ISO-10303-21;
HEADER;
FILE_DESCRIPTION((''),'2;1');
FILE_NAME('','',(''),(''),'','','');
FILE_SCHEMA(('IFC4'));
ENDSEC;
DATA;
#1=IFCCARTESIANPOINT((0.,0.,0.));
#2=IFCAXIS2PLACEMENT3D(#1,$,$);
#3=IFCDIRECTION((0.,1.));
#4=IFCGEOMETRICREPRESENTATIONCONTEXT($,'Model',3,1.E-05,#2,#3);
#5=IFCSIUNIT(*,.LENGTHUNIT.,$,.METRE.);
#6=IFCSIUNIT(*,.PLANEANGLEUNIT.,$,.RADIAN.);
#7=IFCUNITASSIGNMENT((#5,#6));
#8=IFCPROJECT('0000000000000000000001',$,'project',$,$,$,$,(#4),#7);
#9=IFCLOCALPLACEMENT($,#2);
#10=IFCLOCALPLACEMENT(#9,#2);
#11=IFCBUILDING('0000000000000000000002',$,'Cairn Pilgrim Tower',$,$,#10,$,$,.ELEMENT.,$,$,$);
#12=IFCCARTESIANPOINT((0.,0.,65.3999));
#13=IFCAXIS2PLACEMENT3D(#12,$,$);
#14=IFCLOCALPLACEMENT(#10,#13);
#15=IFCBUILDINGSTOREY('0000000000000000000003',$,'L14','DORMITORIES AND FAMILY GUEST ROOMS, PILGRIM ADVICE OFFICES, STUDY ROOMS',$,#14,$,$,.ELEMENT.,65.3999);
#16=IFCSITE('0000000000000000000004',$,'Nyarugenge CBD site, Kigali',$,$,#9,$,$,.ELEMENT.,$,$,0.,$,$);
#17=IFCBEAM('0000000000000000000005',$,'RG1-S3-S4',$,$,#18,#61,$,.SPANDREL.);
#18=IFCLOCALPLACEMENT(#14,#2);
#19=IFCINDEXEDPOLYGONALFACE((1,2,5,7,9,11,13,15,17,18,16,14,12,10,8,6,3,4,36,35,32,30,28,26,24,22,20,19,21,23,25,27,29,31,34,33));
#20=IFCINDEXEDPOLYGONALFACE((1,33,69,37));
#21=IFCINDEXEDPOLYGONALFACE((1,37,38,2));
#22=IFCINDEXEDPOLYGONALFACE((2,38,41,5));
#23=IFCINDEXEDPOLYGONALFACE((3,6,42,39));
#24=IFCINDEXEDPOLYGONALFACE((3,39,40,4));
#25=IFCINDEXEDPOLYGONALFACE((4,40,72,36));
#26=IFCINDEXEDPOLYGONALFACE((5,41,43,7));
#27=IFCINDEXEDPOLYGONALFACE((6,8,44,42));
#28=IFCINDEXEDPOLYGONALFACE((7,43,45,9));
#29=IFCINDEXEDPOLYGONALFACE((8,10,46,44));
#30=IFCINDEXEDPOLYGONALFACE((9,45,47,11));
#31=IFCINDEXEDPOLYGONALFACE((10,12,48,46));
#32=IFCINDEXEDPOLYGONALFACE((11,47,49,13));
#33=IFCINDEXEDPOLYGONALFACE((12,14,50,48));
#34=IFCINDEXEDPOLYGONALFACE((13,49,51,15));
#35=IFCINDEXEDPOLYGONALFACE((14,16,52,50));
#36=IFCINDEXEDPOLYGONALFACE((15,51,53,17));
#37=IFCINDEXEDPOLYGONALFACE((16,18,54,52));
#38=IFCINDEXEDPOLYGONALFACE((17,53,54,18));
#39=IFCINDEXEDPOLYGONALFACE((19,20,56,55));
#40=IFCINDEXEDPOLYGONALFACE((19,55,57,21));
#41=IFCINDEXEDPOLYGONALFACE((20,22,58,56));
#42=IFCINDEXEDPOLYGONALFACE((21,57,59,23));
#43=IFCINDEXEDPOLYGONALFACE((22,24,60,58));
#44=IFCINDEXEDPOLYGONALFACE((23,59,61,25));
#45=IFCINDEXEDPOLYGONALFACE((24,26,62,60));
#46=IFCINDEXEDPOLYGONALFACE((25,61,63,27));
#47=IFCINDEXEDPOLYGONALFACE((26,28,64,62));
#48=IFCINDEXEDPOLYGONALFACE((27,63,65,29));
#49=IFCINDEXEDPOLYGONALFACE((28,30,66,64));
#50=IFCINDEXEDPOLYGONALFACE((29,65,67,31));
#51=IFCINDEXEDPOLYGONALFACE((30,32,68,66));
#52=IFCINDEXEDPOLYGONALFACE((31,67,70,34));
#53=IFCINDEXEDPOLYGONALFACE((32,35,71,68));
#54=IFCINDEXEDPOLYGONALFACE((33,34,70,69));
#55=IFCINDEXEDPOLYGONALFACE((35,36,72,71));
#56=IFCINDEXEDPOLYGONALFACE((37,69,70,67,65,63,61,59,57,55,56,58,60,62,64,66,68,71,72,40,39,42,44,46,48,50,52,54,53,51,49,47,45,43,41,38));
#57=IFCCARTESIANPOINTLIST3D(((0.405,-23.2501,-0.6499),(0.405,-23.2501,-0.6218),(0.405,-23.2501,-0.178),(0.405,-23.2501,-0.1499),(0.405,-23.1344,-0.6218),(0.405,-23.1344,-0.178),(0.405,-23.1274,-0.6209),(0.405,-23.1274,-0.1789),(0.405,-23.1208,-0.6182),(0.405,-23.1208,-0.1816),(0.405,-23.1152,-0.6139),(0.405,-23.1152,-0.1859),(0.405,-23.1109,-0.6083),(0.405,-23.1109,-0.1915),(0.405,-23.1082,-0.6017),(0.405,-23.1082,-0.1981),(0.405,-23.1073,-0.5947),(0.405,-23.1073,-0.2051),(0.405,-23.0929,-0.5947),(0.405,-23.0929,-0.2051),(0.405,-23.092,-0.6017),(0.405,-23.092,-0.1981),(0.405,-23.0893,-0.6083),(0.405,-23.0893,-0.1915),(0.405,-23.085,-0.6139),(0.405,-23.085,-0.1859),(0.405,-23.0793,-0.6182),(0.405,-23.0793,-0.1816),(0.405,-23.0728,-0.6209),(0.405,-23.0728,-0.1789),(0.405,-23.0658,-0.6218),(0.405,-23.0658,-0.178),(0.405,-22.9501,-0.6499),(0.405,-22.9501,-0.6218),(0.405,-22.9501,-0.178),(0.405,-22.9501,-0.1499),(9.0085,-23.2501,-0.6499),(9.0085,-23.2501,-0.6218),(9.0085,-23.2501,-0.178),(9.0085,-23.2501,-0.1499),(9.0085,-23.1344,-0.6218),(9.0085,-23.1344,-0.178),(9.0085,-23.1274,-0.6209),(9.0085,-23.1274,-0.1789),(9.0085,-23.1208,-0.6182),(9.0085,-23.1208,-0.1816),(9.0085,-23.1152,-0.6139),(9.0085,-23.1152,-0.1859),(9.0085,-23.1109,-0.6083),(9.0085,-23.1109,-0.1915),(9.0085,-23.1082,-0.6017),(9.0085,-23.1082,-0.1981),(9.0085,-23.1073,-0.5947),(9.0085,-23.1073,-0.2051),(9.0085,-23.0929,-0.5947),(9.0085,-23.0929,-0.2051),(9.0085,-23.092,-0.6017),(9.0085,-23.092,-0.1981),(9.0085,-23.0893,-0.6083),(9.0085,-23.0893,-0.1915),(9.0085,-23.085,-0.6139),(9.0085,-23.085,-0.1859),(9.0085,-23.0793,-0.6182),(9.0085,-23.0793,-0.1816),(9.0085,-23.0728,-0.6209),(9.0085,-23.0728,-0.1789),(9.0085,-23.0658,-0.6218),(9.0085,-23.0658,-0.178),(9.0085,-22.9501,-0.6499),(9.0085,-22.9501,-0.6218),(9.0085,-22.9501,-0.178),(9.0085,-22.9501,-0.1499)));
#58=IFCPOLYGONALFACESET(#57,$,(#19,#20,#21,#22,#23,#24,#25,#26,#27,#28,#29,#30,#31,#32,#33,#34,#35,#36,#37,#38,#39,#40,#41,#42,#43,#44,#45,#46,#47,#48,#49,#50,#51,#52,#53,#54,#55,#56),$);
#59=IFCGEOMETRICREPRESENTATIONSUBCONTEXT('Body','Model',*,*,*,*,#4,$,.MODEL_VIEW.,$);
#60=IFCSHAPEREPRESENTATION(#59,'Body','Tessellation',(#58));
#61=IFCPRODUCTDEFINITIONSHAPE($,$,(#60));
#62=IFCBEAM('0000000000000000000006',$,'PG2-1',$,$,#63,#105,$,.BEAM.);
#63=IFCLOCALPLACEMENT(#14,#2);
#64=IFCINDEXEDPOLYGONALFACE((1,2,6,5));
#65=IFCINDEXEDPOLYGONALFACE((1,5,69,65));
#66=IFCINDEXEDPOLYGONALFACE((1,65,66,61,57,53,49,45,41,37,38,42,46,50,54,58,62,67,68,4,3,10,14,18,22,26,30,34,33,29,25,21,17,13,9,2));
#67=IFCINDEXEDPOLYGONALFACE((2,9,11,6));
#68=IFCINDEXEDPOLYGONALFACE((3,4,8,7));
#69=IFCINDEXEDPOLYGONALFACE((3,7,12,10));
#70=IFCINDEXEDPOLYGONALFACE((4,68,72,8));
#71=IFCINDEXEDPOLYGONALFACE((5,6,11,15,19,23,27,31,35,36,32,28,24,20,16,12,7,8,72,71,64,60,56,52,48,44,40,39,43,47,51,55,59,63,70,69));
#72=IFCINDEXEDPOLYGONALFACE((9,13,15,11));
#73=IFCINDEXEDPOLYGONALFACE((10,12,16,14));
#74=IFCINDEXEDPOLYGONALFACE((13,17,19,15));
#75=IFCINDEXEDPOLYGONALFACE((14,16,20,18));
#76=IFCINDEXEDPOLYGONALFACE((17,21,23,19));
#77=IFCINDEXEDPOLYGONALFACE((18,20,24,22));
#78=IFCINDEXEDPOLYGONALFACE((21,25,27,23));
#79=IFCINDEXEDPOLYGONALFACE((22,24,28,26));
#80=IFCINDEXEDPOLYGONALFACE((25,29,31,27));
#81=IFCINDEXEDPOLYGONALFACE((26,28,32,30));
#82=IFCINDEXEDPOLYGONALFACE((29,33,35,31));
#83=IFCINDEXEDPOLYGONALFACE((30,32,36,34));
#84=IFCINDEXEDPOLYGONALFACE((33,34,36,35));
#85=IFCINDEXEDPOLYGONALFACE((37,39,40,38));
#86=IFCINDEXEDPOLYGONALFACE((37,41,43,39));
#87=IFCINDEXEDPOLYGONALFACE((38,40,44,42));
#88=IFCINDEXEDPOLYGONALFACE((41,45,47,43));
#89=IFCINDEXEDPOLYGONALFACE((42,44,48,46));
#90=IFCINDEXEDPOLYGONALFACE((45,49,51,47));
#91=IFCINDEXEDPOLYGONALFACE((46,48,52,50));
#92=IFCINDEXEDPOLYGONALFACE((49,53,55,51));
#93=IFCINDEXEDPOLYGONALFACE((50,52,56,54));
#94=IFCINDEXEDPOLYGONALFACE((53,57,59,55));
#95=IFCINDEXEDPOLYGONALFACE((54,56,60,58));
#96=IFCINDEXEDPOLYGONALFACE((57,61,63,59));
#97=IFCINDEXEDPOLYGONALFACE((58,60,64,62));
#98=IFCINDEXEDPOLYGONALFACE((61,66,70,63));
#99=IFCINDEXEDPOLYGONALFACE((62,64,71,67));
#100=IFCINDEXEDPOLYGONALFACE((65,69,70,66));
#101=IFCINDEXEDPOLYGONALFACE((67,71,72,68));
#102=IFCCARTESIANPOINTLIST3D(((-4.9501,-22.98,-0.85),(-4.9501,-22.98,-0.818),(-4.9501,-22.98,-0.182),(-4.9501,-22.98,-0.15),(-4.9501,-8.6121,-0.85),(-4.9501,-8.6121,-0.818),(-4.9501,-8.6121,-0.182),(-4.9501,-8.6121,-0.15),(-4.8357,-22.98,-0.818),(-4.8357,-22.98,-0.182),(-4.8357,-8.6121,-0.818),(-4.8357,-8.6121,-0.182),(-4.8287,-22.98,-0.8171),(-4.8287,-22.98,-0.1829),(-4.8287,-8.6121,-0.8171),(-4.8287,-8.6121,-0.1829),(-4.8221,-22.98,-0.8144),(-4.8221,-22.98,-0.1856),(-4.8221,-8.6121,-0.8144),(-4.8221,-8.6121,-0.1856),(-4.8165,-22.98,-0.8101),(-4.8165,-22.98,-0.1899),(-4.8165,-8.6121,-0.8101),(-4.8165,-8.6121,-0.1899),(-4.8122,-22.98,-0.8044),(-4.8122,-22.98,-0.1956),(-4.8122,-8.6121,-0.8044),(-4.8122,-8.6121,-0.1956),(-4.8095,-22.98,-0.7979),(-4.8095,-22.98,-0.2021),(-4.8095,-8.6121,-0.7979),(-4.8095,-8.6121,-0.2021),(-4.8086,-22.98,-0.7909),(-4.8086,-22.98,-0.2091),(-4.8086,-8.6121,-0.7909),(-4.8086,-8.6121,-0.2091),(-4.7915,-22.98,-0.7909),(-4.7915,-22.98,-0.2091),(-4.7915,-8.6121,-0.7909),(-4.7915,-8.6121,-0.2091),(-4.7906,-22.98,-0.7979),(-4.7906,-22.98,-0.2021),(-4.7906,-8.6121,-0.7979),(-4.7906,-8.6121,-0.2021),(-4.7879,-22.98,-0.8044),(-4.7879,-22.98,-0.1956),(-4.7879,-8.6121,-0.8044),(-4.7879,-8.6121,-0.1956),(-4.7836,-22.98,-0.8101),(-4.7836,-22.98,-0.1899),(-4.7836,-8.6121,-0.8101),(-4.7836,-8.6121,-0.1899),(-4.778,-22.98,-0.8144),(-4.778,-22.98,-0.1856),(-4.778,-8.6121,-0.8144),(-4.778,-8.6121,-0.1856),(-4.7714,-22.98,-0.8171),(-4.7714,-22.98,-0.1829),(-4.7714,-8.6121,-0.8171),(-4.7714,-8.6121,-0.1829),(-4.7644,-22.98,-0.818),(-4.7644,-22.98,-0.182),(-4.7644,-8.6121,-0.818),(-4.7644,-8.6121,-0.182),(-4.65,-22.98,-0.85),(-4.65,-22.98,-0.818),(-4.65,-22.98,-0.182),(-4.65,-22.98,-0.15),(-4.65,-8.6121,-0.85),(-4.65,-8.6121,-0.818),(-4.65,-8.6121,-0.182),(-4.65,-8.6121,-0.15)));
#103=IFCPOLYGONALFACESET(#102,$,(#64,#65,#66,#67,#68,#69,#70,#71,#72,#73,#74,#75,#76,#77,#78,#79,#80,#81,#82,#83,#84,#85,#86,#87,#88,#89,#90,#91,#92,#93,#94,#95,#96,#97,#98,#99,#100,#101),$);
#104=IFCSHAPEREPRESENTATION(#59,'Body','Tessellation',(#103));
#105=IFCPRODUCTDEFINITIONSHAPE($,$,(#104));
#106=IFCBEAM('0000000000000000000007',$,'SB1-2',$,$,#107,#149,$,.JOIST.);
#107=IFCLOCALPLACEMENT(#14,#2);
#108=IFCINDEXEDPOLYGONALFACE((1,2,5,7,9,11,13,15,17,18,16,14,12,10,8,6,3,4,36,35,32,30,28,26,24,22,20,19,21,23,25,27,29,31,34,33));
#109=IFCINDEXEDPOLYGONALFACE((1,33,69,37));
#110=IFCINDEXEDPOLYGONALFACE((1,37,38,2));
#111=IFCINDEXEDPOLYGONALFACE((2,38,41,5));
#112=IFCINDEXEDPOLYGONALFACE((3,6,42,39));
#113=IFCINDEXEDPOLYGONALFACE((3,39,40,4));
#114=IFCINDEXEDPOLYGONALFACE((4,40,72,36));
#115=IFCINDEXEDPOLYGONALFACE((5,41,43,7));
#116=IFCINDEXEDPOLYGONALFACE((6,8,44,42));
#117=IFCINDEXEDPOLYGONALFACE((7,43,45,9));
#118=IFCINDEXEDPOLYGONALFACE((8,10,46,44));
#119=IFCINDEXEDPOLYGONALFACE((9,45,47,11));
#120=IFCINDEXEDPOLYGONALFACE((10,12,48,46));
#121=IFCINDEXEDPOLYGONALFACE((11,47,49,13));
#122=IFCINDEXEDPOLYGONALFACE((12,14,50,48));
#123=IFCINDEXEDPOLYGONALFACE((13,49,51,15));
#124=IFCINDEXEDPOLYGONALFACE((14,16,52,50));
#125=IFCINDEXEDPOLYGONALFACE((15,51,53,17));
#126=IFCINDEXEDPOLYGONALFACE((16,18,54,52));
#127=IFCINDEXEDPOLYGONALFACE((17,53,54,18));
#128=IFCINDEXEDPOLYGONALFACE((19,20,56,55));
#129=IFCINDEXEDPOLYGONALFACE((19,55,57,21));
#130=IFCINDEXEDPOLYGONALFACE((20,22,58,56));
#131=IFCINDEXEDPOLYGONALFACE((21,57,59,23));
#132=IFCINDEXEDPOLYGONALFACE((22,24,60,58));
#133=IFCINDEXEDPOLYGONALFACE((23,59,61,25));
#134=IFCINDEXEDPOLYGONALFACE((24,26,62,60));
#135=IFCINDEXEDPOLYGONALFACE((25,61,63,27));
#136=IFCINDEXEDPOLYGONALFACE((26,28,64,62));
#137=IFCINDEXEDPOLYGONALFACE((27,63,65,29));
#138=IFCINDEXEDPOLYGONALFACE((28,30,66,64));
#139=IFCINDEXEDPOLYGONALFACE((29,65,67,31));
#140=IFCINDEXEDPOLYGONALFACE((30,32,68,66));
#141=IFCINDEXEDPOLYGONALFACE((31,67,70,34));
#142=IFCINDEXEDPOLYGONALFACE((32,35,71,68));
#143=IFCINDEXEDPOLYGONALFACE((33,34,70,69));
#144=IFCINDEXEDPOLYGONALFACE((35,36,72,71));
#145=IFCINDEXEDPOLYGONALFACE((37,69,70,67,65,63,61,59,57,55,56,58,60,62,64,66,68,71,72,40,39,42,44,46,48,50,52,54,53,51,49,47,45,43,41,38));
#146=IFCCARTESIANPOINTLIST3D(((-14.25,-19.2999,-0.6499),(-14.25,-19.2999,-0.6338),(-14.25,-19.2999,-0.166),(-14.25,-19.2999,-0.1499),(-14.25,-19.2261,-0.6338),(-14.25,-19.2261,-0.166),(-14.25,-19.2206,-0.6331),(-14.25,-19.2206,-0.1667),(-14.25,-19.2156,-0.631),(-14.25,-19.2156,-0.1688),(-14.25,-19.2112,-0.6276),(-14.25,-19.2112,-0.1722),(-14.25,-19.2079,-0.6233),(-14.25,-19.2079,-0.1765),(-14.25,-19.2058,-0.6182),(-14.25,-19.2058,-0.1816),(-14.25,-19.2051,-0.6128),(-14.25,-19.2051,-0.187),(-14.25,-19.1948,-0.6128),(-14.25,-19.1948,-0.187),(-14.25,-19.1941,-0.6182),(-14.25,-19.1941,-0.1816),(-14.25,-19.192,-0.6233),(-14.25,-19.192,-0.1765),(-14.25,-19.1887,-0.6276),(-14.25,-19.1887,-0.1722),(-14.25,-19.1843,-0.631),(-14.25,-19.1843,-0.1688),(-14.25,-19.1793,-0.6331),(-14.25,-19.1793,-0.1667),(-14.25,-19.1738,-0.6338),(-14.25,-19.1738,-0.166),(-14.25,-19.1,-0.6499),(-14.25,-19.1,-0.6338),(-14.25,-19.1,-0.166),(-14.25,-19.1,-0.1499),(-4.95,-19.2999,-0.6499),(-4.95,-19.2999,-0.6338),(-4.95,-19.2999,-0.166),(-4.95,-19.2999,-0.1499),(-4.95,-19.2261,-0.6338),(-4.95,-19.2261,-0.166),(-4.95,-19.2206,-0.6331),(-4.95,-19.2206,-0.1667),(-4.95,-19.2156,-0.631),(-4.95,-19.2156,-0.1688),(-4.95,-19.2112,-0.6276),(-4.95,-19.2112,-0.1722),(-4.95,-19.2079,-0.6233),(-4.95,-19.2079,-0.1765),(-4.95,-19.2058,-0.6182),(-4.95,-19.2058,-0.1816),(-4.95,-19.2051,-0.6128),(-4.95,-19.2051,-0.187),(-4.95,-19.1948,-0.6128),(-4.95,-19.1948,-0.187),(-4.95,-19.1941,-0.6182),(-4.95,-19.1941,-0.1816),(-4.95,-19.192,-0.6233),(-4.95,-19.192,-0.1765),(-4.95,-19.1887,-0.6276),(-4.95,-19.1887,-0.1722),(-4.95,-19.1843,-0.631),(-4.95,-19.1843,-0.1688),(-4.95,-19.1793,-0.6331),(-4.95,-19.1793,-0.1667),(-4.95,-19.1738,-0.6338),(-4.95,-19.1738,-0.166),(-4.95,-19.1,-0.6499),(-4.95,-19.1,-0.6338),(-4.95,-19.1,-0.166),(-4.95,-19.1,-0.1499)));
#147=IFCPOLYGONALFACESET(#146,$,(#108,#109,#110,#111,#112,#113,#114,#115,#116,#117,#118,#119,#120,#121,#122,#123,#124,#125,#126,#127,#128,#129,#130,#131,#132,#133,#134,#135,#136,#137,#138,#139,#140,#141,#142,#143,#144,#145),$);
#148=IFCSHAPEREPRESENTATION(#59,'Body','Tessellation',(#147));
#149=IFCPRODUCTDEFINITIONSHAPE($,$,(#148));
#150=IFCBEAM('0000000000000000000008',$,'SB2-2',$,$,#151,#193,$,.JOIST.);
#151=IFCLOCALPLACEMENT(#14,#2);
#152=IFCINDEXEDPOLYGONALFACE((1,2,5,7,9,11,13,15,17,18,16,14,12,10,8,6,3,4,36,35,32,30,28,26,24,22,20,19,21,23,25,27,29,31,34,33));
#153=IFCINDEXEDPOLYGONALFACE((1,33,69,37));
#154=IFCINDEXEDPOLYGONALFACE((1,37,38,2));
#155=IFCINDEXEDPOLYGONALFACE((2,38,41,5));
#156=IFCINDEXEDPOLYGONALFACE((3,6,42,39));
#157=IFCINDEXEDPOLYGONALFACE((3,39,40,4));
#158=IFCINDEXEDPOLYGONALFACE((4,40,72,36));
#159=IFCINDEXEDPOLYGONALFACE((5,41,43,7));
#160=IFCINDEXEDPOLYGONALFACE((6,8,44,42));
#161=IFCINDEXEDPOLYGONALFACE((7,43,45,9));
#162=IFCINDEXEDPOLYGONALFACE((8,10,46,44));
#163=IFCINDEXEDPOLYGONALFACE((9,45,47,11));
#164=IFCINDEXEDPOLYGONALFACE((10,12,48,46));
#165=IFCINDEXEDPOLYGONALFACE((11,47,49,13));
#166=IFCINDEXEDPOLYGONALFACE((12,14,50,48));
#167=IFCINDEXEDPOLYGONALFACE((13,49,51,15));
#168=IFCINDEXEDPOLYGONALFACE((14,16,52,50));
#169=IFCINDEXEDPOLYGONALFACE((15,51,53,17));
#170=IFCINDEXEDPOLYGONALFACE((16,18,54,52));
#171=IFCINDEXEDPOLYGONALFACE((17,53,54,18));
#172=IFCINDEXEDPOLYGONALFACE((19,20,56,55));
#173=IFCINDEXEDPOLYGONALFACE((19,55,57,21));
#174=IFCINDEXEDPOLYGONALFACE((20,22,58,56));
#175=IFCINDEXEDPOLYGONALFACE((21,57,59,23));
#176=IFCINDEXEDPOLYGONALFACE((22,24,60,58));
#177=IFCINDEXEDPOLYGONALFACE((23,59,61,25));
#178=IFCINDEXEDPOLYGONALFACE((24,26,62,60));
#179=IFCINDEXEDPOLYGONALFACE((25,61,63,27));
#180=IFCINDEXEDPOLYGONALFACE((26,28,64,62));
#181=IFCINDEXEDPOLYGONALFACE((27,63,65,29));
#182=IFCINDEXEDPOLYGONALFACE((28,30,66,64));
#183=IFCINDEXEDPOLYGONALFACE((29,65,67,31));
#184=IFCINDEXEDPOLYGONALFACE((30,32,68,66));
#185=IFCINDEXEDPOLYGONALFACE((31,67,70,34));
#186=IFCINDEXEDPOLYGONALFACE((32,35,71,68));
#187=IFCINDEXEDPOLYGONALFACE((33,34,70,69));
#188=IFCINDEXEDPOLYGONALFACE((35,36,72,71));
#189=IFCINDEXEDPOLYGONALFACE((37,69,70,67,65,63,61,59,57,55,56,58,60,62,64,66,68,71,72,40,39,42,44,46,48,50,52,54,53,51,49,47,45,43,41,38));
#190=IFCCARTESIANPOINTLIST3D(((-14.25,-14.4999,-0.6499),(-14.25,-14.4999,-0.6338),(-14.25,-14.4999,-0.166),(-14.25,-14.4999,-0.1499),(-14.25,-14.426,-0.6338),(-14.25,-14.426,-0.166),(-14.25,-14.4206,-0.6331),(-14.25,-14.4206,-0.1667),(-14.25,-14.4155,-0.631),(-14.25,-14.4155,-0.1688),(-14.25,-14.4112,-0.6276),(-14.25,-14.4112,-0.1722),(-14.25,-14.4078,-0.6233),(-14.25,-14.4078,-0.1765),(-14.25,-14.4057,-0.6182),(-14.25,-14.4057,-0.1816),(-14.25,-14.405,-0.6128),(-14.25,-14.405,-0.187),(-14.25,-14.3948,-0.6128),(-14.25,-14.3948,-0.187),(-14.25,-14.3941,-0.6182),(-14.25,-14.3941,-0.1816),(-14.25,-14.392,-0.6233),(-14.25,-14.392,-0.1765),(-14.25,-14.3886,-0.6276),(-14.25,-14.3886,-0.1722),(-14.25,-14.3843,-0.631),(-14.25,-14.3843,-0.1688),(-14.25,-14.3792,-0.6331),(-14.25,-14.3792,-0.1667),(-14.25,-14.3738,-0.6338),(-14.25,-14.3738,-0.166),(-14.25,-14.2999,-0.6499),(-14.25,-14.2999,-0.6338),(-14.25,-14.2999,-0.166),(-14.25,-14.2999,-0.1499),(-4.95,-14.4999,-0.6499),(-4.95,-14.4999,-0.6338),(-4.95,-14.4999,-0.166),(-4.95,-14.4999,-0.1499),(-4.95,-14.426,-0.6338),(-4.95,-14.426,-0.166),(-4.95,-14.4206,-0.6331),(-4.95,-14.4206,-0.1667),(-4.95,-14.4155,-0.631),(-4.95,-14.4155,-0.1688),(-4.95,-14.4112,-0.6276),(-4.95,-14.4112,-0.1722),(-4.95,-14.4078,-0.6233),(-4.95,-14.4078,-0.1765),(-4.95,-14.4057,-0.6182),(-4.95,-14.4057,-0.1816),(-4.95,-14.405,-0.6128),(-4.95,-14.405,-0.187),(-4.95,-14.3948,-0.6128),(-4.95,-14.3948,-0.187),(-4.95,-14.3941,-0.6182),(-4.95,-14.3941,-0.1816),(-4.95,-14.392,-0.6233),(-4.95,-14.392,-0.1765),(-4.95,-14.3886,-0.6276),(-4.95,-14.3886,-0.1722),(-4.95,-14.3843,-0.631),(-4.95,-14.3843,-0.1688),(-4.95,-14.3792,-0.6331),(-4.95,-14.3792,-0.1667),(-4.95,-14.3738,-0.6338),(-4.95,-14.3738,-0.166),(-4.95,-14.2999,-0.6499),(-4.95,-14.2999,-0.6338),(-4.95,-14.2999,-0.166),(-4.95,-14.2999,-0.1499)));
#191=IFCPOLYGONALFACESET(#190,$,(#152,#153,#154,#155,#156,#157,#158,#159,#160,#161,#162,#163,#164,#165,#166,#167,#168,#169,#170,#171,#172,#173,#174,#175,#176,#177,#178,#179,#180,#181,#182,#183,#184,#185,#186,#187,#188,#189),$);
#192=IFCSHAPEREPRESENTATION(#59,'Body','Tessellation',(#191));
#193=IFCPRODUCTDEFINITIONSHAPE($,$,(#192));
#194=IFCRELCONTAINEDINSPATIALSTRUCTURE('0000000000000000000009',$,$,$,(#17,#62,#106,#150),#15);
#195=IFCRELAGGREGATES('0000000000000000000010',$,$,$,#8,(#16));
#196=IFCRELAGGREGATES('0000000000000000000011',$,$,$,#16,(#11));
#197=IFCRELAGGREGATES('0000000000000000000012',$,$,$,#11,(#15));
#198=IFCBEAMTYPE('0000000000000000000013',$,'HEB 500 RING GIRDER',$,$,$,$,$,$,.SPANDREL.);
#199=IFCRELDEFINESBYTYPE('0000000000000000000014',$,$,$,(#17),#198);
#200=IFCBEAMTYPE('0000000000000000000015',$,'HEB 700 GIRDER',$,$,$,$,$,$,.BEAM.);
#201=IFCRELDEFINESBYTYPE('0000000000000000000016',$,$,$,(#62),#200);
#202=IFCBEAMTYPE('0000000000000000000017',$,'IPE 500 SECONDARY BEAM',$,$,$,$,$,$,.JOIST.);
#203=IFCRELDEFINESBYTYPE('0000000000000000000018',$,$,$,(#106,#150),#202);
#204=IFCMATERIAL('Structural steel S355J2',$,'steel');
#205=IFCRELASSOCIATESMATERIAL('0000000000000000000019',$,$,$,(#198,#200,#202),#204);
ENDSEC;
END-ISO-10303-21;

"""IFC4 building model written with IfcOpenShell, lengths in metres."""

from ifc_helpers import new_model, si_unit, direction, frame, origin, origin_2d, place, context, subcontext, project, spatial, i_section, extrude, material, material_profile, profile_set, type_object, element, save


model = new_model("IFC4")

# Units and contexts
model_context = context("Model", 3, precision=1e-05, world=origin(), true_north=direction((0.0, 1.0)))
body_context = subcontext(model_context, "Body", "Model", "MODEL_VIEW")
ifc_project = project(units=[si_unit("LENGTHUNIT", "METRE"), si_unit("PLANEANGLEUNIT", "RADIAN")], contexts=[model_context])

# Site, building, storey
site_placement = place(None, origin())
site = spatial("IfcSite", under=ifc_project, at=site_placement, Name="Nyarugenge CBD site, Kigali", CompositionType="ELEMENT", RefElevation=0.0)
building_placement = place(site_placement, origin())
building = spatial("IfcBuilding", under=site, at=building_placement, Name="Cairn Pilgrim Tower", CompositionType="ELEMENT")
storey_placement = place(building_placement, frame((0.0, 0.0, 65.3999)))
storey = spatial("IfcBuildingStorey", under=building, at=storey_placement, Name="L14", Description="DORMITORIES AND FAMILY GUEST ROOMS, PILGRIM ADVICE OFFICES, STUDY ROOMS", CompositionType="ELEMENT", Elevation=65.3999)

# Beams
ifc_material_1 = material(Name="Structural steel S355J2", Category="steel")
ifc_material_profile_1 = material_profile(ifc_material_1, i_section(OverallWidth=0.3, OverallDepth=0.5, WebThickness=0.0144, FlangeThickness=0.0281, FilletRadius=0.0271, at=origin_2d()), Name="HEB 500")
ifc_profile_set_1 = profile_set([ifc_material_profile_1], Name="Structural steel S355J2")
beam_type_1 = type_object("IfcBeamType", Name="HEB 500 RING GIRDER", PredefinedType="SPANDREL", material=ifc_profile_set_1)
for number, where, z_axis, x_axis, name in (
    (1, (0.405, -23.1001, -0.3999), (1.0, 0.0, 0.0), (0.0, 1.0, 0.0), "RG1-S3-S4"),
):
    element("IfcBeam", number, at=place(storey_placement, frame(where, z_axis=z_axis, x_axis=x_axis)), inside=storey, type_object=beam_type_1, Name=name, PredefinedType="SPANDREL", context=body_context, shape_type="SweptSolid", body=[
        extrude(i_section(OverallWidth=0.3, OverallDepth=0.5, WebThickness=0.0144, FlangeThickness=0.0281, FilletRadius=0.0271, at=origin_2d()), origin(), (0.0, 0.0, 1.0), 8.6035),
    ])
ifc_material_profile_2 = material_profile(ifc_material_1, i_section(OverallWidth=0.3, OverallDepth=0.7, WebThickness=0.0171, FlangeThickness=0.032, FilletRadius=0.0271, at=origin_2d()), Name="HEB 700")
ifc_profile_set_2 = profile_set([ifc_material_profile_2], Name="Structural steel S355J2")
beam_type_2 = type_object("IfcBeamType", Name="HEB 700 GIRDER", PredefinedType="BEAM", material=ifc_profile_set_2)
beam_1_placement = place(storey_placement, frame((-4.8, -22.98, -0.5), z_axis=(0.0, 1.0, 0.0), x_axis=(-1.0, 0.0, 0.0)))
element("IfcBeam", 2, at=beam_1_placement, inside=storey, type_object=beam_type_2, Name="PG2-1", PredefinedType="BEAM", context=body_context, shape_type="SweptSolid", body=[
    extrude(i_section(OverallWidth=0.3, OverallDepth=0.7, WebThickness=0.0171, FlangeThickness=0.032, FilletRadius=0.0271, at=origin_2d()), origin(), (0.0, 0.0, 1.0), 14.3679),
])
ifc_material_profile_3 = material_profile(ifc_material_1, i_section(OverallWidth=0.2, OverallDepth=0.5, WebThickness=0.0103, FlangeThickness=0.0161, FilletRadius=0.021, at=origin_2d()), Name="IPE 500")
ifc_profile_set_3 = profile_set([ifc_material_profile_3], Name="Structural steel S355J2")
beam_type_3 = type_object("IfcBeamType", Name="IPE 500 SECONDARY BEAM", PredefinedType="JOIST", material=ifc_profile_set_3)
for number, where, z_axis, x_axis, name in (
    (3, (-14.25, -19.2, -0.3999), (1.0, 0.0, 0.0), (0.0, 1.0, 0.0), "SB1-2"),
    (4, (-14.25, -14.3999, -0.3999), (1.0, 0.0, 0.0), (0.0, 1.0, 0.0), "SB2-2"),
):
    element("IfcBeam", number, at=place(storey_placement, frame(where, z_axis=z_axis, x_axis=x_axis)), inside=storey, type_object=beam_type_3, Name=name, PredefinedType="JOIST", context=body_context, shape_type="SweptSolid", body=[
        extrude(i_section(OverallWidth=0.2, OverallDepth=0.5, WebThickness=0.0103, FlangeThickness=0.0161, FilletRadius=0.021, at=origin_2d()), origin(), (0.0, 0.0, 1.0), 9.3),
    ])

save(model, "model.ifc")
